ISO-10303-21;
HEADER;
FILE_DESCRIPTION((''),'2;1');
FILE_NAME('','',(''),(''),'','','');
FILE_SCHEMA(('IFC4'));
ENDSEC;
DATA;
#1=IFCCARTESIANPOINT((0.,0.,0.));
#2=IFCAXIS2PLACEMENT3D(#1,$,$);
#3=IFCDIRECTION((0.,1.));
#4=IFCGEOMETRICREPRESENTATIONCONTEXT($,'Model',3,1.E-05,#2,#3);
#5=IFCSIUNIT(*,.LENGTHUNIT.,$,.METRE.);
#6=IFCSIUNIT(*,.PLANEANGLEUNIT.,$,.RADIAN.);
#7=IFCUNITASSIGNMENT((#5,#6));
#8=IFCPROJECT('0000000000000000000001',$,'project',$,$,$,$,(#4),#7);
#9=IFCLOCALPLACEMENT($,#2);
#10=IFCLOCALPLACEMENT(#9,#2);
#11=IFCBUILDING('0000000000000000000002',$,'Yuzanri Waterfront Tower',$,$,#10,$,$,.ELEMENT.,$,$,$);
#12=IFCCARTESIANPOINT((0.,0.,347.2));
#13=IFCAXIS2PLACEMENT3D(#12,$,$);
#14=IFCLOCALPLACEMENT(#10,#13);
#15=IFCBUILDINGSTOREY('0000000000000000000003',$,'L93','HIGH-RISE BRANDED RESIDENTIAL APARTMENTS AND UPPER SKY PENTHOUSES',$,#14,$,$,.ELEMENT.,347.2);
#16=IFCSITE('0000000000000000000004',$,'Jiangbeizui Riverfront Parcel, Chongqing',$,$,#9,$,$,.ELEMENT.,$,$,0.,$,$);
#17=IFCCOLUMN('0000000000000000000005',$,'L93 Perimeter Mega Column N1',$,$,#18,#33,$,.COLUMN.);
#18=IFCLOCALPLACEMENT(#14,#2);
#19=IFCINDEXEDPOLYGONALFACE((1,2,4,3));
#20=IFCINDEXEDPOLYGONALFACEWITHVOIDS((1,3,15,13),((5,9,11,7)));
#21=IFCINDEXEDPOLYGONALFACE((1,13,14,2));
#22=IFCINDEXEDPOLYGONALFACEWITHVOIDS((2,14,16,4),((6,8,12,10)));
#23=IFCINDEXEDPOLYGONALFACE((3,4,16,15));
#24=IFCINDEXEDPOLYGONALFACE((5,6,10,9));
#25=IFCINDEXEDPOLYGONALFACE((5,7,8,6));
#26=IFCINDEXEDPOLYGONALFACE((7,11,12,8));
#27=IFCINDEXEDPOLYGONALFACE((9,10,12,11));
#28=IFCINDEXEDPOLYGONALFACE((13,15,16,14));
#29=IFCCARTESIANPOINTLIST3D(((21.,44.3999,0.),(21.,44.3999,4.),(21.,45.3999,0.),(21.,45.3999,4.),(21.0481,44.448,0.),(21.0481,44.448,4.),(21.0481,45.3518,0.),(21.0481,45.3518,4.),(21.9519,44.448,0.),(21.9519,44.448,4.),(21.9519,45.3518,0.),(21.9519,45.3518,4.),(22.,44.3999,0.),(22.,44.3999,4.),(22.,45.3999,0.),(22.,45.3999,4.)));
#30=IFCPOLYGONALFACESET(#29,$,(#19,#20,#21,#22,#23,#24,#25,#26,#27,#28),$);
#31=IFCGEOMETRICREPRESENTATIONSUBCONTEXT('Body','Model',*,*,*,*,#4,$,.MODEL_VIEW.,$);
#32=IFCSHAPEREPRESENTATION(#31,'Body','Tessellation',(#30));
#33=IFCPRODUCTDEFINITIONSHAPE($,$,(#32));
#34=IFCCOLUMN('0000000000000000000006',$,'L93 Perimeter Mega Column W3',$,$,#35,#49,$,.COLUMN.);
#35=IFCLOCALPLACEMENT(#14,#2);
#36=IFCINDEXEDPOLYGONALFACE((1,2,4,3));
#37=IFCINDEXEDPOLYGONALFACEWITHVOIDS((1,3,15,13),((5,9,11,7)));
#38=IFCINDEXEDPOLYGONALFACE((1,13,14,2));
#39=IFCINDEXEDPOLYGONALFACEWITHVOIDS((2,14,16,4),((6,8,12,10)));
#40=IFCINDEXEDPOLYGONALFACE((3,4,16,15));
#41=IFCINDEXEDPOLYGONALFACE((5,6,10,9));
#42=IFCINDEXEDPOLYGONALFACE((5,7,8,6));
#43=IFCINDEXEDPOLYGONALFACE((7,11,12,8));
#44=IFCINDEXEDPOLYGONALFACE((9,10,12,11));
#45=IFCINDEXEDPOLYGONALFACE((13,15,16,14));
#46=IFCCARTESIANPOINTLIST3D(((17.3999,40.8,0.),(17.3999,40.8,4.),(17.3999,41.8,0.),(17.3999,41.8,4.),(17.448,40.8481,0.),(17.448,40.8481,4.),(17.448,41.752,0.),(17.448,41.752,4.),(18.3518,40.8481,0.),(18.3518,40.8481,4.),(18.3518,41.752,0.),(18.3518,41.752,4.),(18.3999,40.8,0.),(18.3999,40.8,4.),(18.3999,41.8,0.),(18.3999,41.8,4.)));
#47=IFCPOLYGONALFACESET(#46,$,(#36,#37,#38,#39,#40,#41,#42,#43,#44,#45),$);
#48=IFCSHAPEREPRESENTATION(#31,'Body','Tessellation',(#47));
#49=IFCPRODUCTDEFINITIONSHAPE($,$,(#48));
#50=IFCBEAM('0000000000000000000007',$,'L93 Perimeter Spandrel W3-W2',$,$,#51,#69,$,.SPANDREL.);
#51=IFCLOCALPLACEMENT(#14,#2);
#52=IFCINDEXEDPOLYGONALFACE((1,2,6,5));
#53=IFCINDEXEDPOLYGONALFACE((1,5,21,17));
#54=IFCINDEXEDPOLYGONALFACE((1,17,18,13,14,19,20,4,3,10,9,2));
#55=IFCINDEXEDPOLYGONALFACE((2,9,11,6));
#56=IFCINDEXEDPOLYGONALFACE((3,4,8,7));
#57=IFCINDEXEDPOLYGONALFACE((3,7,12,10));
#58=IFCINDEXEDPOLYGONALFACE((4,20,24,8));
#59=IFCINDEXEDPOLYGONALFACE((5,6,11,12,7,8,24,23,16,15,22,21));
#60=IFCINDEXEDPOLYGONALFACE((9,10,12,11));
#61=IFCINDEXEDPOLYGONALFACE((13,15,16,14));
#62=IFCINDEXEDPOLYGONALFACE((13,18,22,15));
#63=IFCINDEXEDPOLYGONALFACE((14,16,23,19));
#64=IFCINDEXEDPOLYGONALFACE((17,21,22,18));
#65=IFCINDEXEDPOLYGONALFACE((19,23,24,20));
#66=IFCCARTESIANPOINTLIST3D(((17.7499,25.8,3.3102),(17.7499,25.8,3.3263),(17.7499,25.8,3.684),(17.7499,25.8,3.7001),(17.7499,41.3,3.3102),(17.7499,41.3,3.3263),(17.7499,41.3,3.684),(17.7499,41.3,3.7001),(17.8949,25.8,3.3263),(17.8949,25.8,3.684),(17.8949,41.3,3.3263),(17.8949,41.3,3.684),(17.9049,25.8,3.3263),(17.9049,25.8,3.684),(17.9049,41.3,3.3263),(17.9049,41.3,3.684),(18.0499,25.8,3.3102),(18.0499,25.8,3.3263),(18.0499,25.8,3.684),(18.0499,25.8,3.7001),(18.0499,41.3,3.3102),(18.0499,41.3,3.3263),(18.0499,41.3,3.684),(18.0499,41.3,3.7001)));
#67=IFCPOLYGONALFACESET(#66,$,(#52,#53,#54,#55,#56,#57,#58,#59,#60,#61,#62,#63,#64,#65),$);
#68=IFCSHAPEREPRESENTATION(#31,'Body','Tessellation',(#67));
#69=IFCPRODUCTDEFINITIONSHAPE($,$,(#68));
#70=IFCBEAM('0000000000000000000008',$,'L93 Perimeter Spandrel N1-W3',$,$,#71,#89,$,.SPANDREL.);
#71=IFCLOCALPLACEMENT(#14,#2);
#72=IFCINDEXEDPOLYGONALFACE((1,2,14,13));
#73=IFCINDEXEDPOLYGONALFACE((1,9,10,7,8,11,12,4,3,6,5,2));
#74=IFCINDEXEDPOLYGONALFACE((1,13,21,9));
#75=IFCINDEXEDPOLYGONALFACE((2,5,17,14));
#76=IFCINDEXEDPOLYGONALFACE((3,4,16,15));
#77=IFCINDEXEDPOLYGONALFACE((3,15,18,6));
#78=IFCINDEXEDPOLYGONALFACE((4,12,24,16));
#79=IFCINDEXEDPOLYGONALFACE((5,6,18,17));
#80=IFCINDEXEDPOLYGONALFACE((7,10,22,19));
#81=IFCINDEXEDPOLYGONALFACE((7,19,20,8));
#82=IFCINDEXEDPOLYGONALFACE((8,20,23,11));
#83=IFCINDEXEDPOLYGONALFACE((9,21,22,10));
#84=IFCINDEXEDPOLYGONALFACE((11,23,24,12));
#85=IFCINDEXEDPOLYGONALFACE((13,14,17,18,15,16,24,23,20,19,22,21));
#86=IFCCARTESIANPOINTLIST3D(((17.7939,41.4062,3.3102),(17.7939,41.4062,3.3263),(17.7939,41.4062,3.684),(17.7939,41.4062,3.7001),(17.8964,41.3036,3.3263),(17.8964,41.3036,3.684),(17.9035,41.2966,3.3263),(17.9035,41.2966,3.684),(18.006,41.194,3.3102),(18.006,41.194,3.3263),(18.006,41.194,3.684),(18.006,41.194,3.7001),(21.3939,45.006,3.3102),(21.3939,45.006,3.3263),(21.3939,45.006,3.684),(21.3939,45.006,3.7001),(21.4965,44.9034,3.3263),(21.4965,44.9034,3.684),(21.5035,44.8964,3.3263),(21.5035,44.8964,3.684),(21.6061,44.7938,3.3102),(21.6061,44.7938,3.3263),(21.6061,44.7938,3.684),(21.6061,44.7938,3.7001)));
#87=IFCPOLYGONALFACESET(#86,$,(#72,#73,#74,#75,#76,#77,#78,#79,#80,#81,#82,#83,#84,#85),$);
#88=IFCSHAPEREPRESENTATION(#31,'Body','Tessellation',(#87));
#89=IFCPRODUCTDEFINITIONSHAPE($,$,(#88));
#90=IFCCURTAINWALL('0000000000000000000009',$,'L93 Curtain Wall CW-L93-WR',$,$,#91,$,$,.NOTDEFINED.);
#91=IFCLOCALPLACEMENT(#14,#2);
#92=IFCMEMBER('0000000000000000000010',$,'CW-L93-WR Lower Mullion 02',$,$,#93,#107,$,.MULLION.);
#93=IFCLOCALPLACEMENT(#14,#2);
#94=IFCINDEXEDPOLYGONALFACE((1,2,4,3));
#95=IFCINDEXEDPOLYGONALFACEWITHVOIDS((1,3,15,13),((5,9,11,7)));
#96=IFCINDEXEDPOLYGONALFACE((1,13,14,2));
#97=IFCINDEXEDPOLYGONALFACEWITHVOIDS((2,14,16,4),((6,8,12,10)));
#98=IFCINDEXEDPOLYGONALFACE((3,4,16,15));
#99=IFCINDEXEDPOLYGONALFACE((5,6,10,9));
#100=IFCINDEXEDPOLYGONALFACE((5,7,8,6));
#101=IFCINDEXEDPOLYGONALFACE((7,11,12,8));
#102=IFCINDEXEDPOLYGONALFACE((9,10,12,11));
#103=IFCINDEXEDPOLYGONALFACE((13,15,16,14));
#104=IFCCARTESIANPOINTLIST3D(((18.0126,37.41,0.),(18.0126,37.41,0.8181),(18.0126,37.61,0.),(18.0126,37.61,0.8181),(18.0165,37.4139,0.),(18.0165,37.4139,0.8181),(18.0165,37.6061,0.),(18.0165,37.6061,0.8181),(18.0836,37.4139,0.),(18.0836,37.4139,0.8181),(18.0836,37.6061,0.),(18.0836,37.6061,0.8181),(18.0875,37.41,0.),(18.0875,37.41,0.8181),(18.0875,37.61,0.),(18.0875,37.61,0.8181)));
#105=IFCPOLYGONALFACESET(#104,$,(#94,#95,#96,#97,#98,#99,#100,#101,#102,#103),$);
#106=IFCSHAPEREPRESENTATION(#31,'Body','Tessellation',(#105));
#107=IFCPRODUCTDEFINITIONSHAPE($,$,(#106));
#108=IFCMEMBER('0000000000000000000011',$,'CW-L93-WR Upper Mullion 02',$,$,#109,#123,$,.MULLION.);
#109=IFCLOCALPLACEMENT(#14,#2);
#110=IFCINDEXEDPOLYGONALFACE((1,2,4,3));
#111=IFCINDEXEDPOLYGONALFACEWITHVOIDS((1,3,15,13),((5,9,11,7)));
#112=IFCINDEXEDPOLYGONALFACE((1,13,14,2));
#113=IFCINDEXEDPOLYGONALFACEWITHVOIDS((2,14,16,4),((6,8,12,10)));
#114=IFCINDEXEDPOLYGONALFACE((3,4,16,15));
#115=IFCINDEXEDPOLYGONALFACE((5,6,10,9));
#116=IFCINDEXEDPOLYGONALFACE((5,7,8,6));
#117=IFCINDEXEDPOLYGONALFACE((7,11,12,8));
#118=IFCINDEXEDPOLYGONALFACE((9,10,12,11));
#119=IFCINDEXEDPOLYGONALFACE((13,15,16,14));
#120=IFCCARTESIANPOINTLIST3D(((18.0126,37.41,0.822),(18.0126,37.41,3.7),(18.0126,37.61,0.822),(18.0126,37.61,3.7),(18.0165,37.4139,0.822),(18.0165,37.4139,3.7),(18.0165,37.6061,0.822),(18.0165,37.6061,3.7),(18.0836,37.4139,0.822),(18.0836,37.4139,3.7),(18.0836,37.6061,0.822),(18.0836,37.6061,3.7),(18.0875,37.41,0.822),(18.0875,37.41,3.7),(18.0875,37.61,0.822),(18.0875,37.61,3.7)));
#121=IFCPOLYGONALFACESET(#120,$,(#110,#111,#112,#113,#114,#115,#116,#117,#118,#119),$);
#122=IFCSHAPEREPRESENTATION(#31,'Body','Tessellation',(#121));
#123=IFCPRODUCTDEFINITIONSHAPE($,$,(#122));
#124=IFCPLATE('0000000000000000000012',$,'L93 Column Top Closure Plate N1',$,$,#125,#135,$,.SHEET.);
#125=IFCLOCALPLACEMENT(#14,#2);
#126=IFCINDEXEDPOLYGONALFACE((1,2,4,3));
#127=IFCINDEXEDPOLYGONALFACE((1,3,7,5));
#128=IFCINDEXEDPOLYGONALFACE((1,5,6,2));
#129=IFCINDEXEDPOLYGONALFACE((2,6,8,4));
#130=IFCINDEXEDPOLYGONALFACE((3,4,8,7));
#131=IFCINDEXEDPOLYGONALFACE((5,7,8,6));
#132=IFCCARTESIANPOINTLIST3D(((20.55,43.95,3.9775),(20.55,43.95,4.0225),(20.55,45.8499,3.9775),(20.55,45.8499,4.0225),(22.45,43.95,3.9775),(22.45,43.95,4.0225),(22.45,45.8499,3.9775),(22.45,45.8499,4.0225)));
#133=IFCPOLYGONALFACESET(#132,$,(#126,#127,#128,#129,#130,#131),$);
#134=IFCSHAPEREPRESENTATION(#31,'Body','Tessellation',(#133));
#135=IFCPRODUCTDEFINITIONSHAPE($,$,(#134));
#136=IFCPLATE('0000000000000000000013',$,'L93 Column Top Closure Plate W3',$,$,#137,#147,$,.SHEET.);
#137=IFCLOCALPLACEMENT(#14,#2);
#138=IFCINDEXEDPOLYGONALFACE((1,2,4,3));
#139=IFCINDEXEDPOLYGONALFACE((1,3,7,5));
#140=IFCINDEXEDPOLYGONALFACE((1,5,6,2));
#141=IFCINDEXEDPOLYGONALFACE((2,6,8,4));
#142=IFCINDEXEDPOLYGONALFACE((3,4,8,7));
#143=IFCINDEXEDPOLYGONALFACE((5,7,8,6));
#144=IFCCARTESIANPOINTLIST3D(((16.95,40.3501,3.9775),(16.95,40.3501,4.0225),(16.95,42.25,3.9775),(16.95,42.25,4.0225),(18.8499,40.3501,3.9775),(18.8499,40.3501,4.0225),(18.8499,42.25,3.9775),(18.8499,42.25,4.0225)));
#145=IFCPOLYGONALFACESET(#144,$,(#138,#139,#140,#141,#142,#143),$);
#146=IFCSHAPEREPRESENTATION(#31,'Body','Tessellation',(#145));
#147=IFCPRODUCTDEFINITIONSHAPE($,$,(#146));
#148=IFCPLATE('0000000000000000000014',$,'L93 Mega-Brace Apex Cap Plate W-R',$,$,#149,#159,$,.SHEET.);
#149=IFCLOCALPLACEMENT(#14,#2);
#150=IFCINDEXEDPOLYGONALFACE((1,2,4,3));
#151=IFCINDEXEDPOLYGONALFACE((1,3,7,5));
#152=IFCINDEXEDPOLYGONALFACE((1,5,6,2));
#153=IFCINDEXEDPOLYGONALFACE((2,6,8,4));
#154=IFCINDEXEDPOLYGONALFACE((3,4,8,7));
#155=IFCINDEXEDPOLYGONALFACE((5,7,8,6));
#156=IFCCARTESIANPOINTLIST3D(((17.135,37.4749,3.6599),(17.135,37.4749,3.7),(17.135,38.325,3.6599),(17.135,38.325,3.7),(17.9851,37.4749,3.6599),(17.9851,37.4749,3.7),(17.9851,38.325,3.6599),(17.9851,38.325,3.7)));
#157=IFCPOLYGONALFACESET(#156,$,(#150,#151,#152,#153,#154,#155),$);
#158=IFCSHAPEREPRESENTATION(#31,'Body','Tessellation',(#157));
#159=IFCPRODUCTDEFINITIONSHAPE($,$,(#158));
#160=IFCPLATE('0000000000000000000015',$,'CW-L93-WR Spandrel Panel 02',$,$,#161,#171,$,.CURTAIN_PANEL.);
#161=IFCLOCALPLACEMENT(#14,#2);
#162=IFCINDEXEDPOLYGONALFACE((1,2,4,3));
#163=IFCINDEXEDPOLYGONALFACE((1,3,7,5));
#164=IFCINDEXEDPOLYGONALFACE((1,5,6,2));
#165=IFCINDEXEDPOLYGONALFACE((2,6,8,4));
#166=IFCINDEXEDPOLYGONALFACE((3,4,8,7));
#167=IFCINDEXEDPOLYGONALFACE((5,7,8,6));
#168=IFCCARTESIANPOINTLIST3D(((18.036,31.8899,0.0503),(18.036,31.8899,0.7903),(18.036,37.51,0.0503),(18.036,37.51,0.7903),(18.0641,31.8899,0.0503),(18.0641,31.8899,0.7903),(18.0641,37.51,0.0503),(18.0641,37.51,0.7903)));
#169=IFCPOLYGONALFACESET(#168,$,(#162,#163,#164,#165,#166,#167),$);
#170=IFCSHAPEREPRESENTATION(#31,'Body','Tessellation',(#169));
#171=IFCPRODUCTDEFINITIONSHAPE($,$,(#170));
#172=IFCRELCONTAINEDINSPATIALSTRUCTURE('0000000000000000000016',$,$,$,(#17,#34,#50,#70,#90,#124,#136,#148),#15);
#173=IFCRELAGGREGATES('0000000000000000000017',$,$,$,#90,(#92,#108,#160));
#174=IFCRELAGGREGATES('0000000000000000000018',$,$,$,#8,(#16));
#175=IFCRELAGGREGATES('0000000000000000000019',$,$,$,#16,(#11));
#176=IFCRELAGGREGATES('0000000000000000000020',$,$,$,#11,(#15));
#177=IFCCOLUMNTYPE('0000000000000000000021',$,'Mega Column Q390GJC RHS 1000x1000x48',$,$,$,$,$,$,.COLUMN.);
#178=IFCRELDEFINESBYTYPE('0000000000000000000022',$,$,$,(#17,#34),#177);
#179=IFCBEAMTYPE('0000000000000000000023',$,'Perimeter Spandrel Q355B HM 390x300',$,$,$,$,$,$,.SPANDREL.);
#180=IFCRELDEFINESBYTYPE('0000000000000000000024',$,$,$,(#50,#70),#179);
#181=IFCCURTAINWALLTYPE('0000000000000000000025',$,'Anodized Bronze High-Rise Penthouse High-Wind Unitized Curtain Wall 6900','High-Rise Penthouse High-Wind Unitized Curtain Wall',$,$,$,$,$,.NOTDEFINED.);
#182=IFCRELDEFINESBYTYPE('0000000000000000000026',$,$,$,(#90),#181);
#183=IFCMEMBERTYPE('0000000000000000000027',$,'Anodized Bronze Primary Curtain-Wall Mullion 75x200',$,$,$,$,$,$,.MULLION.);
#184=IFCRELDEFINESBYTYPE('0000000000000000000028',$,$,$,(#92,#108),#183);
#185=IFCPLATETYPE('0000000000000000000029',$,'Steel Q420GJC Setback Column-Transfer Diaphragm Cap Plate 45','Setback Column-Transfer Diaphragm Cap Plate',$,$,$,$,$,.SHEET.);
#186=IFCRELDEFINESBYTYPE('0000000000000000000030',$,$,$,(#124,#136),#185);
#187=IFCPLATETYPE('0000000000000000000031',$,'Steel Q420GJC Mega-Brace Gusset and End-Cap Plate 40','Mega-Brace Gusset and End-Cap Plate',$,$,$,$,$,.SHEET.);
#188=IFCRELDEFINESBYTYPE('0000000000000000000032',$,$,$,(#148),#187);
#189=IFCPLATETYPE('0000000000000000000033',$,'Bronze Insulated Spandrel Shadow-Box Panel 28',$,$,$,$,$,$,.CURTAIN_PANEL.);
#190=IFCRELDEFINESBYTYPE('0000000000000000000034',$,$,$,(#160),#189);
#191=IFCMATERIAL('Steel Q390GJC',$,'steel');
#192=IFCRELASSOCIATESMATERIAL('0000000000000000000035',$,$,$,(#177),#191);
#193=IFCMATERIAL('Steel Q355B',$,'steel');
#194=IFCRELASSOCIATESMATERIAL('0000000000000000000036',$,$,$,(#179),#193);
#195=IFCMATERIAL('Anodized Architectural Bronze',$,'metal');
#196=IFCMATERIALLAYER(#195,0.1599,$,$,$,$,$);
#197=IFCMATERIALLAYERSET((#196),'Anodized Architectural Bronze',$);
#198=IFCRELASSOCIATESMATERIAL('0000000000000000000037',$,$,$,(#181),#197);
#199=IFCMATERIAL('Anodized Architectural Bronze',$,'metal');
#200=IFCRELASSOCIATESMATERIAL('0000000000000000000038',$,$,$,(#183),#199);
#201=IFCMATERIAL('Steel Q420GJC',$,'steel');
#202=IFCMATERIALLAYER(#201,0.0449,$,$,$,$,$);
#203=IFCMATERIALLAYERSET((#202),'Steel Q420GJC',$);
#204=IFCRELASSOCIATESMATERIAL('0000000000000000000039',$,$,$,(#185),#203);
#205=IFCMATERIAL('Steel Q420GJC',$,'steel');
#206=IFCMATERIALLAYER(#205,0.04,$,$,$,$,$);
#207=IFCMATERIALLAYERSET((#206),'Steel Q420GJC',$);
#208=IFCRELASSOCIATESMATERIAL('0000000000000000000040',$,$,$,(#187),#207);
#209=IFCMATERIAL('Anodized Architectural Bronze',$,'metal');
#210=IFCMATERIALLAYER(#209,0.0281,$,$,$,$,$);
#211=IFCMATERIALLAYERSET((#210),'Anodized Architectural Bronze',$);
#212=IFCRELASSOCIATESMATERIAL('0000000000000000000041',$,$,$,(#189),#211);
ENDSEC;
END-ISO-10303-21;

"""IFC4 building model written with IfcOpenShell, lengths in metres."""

from ifc_helpers import new_model, si_unit, direction, frame, origin, origin_2d, place, context, subcontext, project, spatial, rectangle, hollow_rectangle, i_section, extrude, source, transform, mapped, material, layer, layer_set, material_profile, profile_set, type_object, element, aggregate, save


model = new_model("IFC4")

# Units and contexts
model_context = context("Model", 3, precision=1e-05, world=origin(), true_north=direction((0.0, 1.0)))
body_context = subcontext(model_context, "Body", "Model", "MODEL_VIEW")
ifc_project = project(units=[si_unit("LENGTHUNIT", "METRE"), si_unit("PLANEANGLEUNIT", "RADIAN")], contexts=[model_context])

# Site, building, storey
site_placement = place(None, origin())
site = spatial("IfcSite", under=ifc_project, at=site_placement, Name="Jiangbeizui Riverfront Parcel, Chongqing", CompositionType="ELEMENT", RefElevation=0.0)
building_placement = place(site_placement, origin())
building = spatial("IfcBuilding", under=site, at=building_placement, Name="Yuzanri Waterfront Tower", CompositionType="ELEMENT")
storey_placement = place(building_placement, frame((0.0, 0.0, 347.2)))
storey = spatial("IfcBuildingStorey", under=building, at=storey_placement, Name="L93", Description="HIGH-RISE BRANDED RESIDENTIAL APARTMENTS AND UPPER SKY PENTHOUSES", CompositionType="ELEMENT", Elevation=347.2)

# Columns
ifc_material_1 = material(Name="Steel Q390GJC", Category="steel")
ifc_material_profile_1 = material_profile(ifc_material_1, hollow_rectangle(XDim=1.0, YDim=1.0, WallThickness=0.0481, at=origin_2d()), Name="RHS 1000x1000x48")
ifc_profile_set_1 = profile_set([ifc_material_profile_1], Name="Steel Q390GJC")
column_type = type_object("IfcColumnType", Name="Mega Column Q390GJC RHS 1000x1000x48", PredefinedType="COLUMN", material=ifc_profile_set_1)
shared_shape_1 = source(origin(), body_context, "Body", "SweptSolid", [
    extrude(hollow_rectangle(XDim=1.0, YDim=1.0, WallThickness=0.0481, at=origin_2d()), origin(), (0.0, 0.0, 1.0), 4.0),
])
for number, where, z_axis, x_axis, name in (
    (1, (21.5, 44.8999, 0.0), (0.0, 0.0, 1.0), (1.0, 0.0, 0.0), "L93 Perimeter Mega Column N1"),
    (2, (17.8999, 41.3, 0.0), (0.0, 0.0, 1.0), (1.0, 0.0, 0.0), "L93 Perimeter Mega Column W3"),
):
    element("IfcColumn", number, at=place(storey_placement, frame(where, z_axis=z_axis, x_axis=x_axis)), inside=storey, type_object=column_type, Name=name, PredefinedType="COLUMN", context=body_context, shape_type="MappedRepresentation", body=[
        mapped(shared_shape_1, transform((0.0, 0.0, 0.0), scale=1.0)),
    ])

# Beams
ifc_material_2 = material(Name="Steel Q355B", Category="steel")
ifc_material_profile_2 = material_profile(ifc_material_2, i_section(OverallWidth=0.3, OverallDepth=0.3899, WebThickness=0.01, FlangeThickness=0.0161, at=origin_2d()), Name="HM 390x300x10x16")
ifc_profile_set_2 = profile_set([ifc_material_profile_2], Name="Steel Q355B")
beam_type = type_object("IfcBeamType", Name="Perimeter Spandrel Q355B HM 390x300", PredefinedType="SPANDREL", material=ifc_profile_set_2)
shared_shape_2 = source(origin(), body_context, "Body", "SweptSolid", [
    extrude(i_section(OverallWidth=0.3, OverallDepth=0.3899, WebThickness=0.01, FlangeThickness=0.0161, at=origin_2d()), origin(), (0.0, 0.0, 1.0), 15.5),
])
beam_1_placement = place(storey_placement, frame((17.8999, 41.3, 3.5051), z_axis=(0.0, -1.0, 0.0), x_axis=(1.0, 0.0, 0.0)))
element("IfcBeam", 3, at=beam_1_placement, inside=storey, type_object=beam_type, Name="L93 Perimeter Spandrel W3-W2", PredefinedType="SPANDREL", context=body_context, shape_type="MappedRepresentation", body=[
    mapped(shared_shape_2, transform((0.0, 0.0, 0.0), scale=1.0)),
])
shared_shape_3 = source(origin(), body_context, "Body", "SweptSolid", [
    extrude(i_section(OverallWidth=0.3, OverallDepth=0.3899, WebThickness=0.01, FlangeThickness=0.0161, at=origin_2d()), origin(), (0.0, 0.0, 1.0), 5.0911),
])
beam_2_placement = place(storey_placement, frame((21.5, 44.8999, 3.5051), z_axis=(-0.707131, -0.707083, 0.0), x_axis=(0.707083, -0.707131, 0.0)))
element("IfcBeam", 4, at=beam_2_placement, inside=storey, type_object=beam_type, Name="L93 Perimeter Spandrel N1-W3", PredefinedType="SPANDREL", context=body_context, shape_type="MappedRepresentation", body=[
    mapped(shared_shape_3, transform((0.0, 0.0, 0.0), scale=1.0)),
])

# Curtain wall, members
ifc_material_3 = material(Name="Anodized Architectural Bronze", Category="metal")
ifc_layer_1 = layer(ifc_material_3, 0.1599)
ifc_layer_set_1 = layer_set([ifc_layer_1], Name="Anodized Architectural Bronze")
curtain_wall_type = type_object("IfcCurtainWallType", Name="Anodized Bronze High-Rise Penthouse High-Wind Unitized Curtain Wall 6900", Description="High-Rise Penthouse High-Wind Unitized Curtain Wall", PredefinedType="NOTDEFINED", material=ifc_layer_set_1)
curtain_wall_placement = place(storey_placement, origin())
curtain_wall = element("IfcCurtainWall", 5, at=curtain_wall_placement, inside=storey, type_object=curtain_wall_type, Name="L93 Curtain Wall CW-L93-WR", PredefinedType="NOTDEFINED")
ifc_material_4 = material(Name="Anodized Architectural Bronze", Category="metal")
ifc_material_profile_3 = material_profile(ifc_material_4, hollow_rectangle(XDim=0.075, YDim=0.2, WallThickness=0.0039, at=origin_2d()), Name="CWM 75x200")
ifc_profile_set_3 = profile_set([ifc_material_profile_3], Name="Anodized Architectural Bronze")
member_type = type_object("IfcMemberType", Name="Anodized Bronze Primary Curtain-Wall Mullion 75x200", PredefinedType="MULLION", material=ifc_profile_set_3)
shared_shape_4 = source(origin(), body_context, "Body", "SweptSolid", [
    extrude(hollow_rectangle(XDim=0.075, YDim=0.2, WallThickness=0.0039, at=origin_2d()), origin(), (0.0, 0.0, 1.0), 0.8181),
])
member_1_placement = place(storey_placement, frame((18.05, 37.51, 0.0), z_axis=(0.0, 0.0, 1.0), x_axis=(1.0, 0.0, 0.0)))
member_1 = element("IfcMember", 6, at=member_1_placement, type_object=member_type, Name="CW-L93-WR Lower Mullion 02", PredefinedType="MULLION", context=body_context, shape_type="MappedRepresentation", body=[
    mapped(shared_shape_4, transform((0.0, 0.0, 0.0), scale=1.0)),
])
shared_shape_5 = source(origin(), body_context, "Body", "SweptSolid", [
    extrude(hollow_rectangle(XDim=0.075, YDim=0.2, WallThickness=0.0039, at=origin_2d()), origin(), (0.0, 0.0, 1.0), 2.8779),
])
member_2_placement = place(storey_placement, frame((18.05, 37.51, 0.822), z_axis=(0.0, 0.0, 1.0), x_axis=(1.0, 0.0, 0.0)))
member_2 = element("IfcMember", 7, at=member_2_placement, type_object=member_type, Name="CW-L93-WR Upper Mullion 02", PredefinedType="MULLION", context=body_context, shape_type="MappedRepresentation", body=[
    mapped(shared_shape_5, transform((0.0, 0.0, 0.0), scale=1.0)),
])

# Plates
ifc_material_5 = material(Name="Steel Q420GJC", Category="steel")
ifc_layer_2 = layer(ifc_material_5, 0.0449)
ifc_layer_set_2 = layer_set([ifc_layer_2], Name="Steel Q420GJC")
plate_type_1 = type_object("IfcPlateType", Name="Steel Q420GJC Setback Column-Transfer Diaphragm Cap Plate 45", Description="Setback Column-Transfer Diaphragm Cap Plate", PredefinedType="SHEET", material=ifc_layer_set_2)
shared_shape_6 = source(origin(), body_context, "Body", "SweptSolid", [
    extrude(rectangle(XDim=1.8999, YDim=1.8999, at=origin_2d()), origin(), (0.0, 0.0, 1.0), 0.0449),
])
for number, where, z_axis, x_axis, name in (
    (8, (21.5, 44.8999, 3.9775), (0.0, 0.0, 1.0), (1.0, 0.0, 0.0), "L93 Column Top Closure Plate N1"),
    (9, (17.8999, 41.3, 3.9775), (0.0, 0.0, 1.0), (1.0, 0.0, 0.0), "L93 Column Top Closure Plate W3"),
):
    element("IfcPlate", number, at=place(storey_placement, frame(where, z_axis=z_axis, x_axis=x_axis)), inside=storey, type_object=plate_type_1, Name=name, PredefinedType="SHEET", context=body_context, shape_type="MappedRepresentation", body=[
        mapped(shared_shape_6, transform((0.0, 0.0, 0.0), scale=1.0)),
    ])
ifc_material_6 = material(Name="Steel Q420GJC", Category="steel")
ifc_layer_3 = layer(ifc_material_6, 0.04)
ifc_layer_set_3 = layer_set([ifc_layer_3], Name="Steel Q420GJC")
plate_type_2 = type_object("IfcPlateType", Name="Steel Q420GJC Mega-Brace Gusset and End-Cap Plate 40", Description="Mega-Brace Gusset and End-Cap Plate", PredefinedType="SHEET", material=ifc_layer_set_3)
shared_shape_7 = source(origin(), body_context, "Body", "SweptSolid", [
    extrude(rectangle(XDim=0.8501, YDim=0.8501, at=origin_2d()), origin(), (0.0, 0.0, 1.0), 0.04),
])
plate_1_placement = place(storey_placement, frame((17.5601, 37.8999, 3.6599), z_axis=(0.0, 0.0, 1.0), x_axis=(1.0, 0.0, 0.0)))
element("IfcPlate", 10, at=plate_1_placement, inside=storey, type_object=plate_type_2, Name="L93 Mega-Brace Apex Cap Plate W-R", PredefinedType="SHEET", context=body_context, shape_type="MappedRepresentation", body=[
    mapped(shared_shape_7, transform((0.0, 0.0, 0.0), scale=1.0)),
])

# Plate
ifc_material_7 = material(Name="Anodized Architectural Bronze", Category="metal")
ifc_layer_4 = layer(ifc_material_7, 0.0281)
ifc_layer_set_4 = layer_set([ifc_layer_4], Name="Anodized Architectural Bronze")
plate_type_3 = type_object("IfcPlateType", Name="Bronze Insulated Spandrel Shadow-Box Panel 28", PredefinedType="CURTAIN_PANEL", material=ifc_layer_set_4)
shared_shape_8 = source(origin(), body_context, "Body", "SweptSolid", [
    extrude(rectangle(XDim=5.6201, YDim=0.0281, at=origin_2d()), origin(), (0.0, 0.0, 1.0), 0.74),
])
plate_2_placement = place(storey_placement, frame((18.05, 34.7, 0.0503), z_axis=(0.0, 0.0, 1.0), x_axis=(0.0, 1.0, 0.0)))
plate_2 = element("IfcPlate", 11, at=plate_2_placement, type_object=plate_type_3, Name="CW-L93-WR Spandrel Panel 02", PredefinedType="CURTAIN_PANEL", context=body_context, shape_type="MappedRepresentation", body=[
    mapped(shared_shape_8, transform((0.0, 0.0, 0.0), scale=1.0)),
])
aggregate(curtain_wall, [member_1, member_2, plate_2])

save(model, "model.ifc")
